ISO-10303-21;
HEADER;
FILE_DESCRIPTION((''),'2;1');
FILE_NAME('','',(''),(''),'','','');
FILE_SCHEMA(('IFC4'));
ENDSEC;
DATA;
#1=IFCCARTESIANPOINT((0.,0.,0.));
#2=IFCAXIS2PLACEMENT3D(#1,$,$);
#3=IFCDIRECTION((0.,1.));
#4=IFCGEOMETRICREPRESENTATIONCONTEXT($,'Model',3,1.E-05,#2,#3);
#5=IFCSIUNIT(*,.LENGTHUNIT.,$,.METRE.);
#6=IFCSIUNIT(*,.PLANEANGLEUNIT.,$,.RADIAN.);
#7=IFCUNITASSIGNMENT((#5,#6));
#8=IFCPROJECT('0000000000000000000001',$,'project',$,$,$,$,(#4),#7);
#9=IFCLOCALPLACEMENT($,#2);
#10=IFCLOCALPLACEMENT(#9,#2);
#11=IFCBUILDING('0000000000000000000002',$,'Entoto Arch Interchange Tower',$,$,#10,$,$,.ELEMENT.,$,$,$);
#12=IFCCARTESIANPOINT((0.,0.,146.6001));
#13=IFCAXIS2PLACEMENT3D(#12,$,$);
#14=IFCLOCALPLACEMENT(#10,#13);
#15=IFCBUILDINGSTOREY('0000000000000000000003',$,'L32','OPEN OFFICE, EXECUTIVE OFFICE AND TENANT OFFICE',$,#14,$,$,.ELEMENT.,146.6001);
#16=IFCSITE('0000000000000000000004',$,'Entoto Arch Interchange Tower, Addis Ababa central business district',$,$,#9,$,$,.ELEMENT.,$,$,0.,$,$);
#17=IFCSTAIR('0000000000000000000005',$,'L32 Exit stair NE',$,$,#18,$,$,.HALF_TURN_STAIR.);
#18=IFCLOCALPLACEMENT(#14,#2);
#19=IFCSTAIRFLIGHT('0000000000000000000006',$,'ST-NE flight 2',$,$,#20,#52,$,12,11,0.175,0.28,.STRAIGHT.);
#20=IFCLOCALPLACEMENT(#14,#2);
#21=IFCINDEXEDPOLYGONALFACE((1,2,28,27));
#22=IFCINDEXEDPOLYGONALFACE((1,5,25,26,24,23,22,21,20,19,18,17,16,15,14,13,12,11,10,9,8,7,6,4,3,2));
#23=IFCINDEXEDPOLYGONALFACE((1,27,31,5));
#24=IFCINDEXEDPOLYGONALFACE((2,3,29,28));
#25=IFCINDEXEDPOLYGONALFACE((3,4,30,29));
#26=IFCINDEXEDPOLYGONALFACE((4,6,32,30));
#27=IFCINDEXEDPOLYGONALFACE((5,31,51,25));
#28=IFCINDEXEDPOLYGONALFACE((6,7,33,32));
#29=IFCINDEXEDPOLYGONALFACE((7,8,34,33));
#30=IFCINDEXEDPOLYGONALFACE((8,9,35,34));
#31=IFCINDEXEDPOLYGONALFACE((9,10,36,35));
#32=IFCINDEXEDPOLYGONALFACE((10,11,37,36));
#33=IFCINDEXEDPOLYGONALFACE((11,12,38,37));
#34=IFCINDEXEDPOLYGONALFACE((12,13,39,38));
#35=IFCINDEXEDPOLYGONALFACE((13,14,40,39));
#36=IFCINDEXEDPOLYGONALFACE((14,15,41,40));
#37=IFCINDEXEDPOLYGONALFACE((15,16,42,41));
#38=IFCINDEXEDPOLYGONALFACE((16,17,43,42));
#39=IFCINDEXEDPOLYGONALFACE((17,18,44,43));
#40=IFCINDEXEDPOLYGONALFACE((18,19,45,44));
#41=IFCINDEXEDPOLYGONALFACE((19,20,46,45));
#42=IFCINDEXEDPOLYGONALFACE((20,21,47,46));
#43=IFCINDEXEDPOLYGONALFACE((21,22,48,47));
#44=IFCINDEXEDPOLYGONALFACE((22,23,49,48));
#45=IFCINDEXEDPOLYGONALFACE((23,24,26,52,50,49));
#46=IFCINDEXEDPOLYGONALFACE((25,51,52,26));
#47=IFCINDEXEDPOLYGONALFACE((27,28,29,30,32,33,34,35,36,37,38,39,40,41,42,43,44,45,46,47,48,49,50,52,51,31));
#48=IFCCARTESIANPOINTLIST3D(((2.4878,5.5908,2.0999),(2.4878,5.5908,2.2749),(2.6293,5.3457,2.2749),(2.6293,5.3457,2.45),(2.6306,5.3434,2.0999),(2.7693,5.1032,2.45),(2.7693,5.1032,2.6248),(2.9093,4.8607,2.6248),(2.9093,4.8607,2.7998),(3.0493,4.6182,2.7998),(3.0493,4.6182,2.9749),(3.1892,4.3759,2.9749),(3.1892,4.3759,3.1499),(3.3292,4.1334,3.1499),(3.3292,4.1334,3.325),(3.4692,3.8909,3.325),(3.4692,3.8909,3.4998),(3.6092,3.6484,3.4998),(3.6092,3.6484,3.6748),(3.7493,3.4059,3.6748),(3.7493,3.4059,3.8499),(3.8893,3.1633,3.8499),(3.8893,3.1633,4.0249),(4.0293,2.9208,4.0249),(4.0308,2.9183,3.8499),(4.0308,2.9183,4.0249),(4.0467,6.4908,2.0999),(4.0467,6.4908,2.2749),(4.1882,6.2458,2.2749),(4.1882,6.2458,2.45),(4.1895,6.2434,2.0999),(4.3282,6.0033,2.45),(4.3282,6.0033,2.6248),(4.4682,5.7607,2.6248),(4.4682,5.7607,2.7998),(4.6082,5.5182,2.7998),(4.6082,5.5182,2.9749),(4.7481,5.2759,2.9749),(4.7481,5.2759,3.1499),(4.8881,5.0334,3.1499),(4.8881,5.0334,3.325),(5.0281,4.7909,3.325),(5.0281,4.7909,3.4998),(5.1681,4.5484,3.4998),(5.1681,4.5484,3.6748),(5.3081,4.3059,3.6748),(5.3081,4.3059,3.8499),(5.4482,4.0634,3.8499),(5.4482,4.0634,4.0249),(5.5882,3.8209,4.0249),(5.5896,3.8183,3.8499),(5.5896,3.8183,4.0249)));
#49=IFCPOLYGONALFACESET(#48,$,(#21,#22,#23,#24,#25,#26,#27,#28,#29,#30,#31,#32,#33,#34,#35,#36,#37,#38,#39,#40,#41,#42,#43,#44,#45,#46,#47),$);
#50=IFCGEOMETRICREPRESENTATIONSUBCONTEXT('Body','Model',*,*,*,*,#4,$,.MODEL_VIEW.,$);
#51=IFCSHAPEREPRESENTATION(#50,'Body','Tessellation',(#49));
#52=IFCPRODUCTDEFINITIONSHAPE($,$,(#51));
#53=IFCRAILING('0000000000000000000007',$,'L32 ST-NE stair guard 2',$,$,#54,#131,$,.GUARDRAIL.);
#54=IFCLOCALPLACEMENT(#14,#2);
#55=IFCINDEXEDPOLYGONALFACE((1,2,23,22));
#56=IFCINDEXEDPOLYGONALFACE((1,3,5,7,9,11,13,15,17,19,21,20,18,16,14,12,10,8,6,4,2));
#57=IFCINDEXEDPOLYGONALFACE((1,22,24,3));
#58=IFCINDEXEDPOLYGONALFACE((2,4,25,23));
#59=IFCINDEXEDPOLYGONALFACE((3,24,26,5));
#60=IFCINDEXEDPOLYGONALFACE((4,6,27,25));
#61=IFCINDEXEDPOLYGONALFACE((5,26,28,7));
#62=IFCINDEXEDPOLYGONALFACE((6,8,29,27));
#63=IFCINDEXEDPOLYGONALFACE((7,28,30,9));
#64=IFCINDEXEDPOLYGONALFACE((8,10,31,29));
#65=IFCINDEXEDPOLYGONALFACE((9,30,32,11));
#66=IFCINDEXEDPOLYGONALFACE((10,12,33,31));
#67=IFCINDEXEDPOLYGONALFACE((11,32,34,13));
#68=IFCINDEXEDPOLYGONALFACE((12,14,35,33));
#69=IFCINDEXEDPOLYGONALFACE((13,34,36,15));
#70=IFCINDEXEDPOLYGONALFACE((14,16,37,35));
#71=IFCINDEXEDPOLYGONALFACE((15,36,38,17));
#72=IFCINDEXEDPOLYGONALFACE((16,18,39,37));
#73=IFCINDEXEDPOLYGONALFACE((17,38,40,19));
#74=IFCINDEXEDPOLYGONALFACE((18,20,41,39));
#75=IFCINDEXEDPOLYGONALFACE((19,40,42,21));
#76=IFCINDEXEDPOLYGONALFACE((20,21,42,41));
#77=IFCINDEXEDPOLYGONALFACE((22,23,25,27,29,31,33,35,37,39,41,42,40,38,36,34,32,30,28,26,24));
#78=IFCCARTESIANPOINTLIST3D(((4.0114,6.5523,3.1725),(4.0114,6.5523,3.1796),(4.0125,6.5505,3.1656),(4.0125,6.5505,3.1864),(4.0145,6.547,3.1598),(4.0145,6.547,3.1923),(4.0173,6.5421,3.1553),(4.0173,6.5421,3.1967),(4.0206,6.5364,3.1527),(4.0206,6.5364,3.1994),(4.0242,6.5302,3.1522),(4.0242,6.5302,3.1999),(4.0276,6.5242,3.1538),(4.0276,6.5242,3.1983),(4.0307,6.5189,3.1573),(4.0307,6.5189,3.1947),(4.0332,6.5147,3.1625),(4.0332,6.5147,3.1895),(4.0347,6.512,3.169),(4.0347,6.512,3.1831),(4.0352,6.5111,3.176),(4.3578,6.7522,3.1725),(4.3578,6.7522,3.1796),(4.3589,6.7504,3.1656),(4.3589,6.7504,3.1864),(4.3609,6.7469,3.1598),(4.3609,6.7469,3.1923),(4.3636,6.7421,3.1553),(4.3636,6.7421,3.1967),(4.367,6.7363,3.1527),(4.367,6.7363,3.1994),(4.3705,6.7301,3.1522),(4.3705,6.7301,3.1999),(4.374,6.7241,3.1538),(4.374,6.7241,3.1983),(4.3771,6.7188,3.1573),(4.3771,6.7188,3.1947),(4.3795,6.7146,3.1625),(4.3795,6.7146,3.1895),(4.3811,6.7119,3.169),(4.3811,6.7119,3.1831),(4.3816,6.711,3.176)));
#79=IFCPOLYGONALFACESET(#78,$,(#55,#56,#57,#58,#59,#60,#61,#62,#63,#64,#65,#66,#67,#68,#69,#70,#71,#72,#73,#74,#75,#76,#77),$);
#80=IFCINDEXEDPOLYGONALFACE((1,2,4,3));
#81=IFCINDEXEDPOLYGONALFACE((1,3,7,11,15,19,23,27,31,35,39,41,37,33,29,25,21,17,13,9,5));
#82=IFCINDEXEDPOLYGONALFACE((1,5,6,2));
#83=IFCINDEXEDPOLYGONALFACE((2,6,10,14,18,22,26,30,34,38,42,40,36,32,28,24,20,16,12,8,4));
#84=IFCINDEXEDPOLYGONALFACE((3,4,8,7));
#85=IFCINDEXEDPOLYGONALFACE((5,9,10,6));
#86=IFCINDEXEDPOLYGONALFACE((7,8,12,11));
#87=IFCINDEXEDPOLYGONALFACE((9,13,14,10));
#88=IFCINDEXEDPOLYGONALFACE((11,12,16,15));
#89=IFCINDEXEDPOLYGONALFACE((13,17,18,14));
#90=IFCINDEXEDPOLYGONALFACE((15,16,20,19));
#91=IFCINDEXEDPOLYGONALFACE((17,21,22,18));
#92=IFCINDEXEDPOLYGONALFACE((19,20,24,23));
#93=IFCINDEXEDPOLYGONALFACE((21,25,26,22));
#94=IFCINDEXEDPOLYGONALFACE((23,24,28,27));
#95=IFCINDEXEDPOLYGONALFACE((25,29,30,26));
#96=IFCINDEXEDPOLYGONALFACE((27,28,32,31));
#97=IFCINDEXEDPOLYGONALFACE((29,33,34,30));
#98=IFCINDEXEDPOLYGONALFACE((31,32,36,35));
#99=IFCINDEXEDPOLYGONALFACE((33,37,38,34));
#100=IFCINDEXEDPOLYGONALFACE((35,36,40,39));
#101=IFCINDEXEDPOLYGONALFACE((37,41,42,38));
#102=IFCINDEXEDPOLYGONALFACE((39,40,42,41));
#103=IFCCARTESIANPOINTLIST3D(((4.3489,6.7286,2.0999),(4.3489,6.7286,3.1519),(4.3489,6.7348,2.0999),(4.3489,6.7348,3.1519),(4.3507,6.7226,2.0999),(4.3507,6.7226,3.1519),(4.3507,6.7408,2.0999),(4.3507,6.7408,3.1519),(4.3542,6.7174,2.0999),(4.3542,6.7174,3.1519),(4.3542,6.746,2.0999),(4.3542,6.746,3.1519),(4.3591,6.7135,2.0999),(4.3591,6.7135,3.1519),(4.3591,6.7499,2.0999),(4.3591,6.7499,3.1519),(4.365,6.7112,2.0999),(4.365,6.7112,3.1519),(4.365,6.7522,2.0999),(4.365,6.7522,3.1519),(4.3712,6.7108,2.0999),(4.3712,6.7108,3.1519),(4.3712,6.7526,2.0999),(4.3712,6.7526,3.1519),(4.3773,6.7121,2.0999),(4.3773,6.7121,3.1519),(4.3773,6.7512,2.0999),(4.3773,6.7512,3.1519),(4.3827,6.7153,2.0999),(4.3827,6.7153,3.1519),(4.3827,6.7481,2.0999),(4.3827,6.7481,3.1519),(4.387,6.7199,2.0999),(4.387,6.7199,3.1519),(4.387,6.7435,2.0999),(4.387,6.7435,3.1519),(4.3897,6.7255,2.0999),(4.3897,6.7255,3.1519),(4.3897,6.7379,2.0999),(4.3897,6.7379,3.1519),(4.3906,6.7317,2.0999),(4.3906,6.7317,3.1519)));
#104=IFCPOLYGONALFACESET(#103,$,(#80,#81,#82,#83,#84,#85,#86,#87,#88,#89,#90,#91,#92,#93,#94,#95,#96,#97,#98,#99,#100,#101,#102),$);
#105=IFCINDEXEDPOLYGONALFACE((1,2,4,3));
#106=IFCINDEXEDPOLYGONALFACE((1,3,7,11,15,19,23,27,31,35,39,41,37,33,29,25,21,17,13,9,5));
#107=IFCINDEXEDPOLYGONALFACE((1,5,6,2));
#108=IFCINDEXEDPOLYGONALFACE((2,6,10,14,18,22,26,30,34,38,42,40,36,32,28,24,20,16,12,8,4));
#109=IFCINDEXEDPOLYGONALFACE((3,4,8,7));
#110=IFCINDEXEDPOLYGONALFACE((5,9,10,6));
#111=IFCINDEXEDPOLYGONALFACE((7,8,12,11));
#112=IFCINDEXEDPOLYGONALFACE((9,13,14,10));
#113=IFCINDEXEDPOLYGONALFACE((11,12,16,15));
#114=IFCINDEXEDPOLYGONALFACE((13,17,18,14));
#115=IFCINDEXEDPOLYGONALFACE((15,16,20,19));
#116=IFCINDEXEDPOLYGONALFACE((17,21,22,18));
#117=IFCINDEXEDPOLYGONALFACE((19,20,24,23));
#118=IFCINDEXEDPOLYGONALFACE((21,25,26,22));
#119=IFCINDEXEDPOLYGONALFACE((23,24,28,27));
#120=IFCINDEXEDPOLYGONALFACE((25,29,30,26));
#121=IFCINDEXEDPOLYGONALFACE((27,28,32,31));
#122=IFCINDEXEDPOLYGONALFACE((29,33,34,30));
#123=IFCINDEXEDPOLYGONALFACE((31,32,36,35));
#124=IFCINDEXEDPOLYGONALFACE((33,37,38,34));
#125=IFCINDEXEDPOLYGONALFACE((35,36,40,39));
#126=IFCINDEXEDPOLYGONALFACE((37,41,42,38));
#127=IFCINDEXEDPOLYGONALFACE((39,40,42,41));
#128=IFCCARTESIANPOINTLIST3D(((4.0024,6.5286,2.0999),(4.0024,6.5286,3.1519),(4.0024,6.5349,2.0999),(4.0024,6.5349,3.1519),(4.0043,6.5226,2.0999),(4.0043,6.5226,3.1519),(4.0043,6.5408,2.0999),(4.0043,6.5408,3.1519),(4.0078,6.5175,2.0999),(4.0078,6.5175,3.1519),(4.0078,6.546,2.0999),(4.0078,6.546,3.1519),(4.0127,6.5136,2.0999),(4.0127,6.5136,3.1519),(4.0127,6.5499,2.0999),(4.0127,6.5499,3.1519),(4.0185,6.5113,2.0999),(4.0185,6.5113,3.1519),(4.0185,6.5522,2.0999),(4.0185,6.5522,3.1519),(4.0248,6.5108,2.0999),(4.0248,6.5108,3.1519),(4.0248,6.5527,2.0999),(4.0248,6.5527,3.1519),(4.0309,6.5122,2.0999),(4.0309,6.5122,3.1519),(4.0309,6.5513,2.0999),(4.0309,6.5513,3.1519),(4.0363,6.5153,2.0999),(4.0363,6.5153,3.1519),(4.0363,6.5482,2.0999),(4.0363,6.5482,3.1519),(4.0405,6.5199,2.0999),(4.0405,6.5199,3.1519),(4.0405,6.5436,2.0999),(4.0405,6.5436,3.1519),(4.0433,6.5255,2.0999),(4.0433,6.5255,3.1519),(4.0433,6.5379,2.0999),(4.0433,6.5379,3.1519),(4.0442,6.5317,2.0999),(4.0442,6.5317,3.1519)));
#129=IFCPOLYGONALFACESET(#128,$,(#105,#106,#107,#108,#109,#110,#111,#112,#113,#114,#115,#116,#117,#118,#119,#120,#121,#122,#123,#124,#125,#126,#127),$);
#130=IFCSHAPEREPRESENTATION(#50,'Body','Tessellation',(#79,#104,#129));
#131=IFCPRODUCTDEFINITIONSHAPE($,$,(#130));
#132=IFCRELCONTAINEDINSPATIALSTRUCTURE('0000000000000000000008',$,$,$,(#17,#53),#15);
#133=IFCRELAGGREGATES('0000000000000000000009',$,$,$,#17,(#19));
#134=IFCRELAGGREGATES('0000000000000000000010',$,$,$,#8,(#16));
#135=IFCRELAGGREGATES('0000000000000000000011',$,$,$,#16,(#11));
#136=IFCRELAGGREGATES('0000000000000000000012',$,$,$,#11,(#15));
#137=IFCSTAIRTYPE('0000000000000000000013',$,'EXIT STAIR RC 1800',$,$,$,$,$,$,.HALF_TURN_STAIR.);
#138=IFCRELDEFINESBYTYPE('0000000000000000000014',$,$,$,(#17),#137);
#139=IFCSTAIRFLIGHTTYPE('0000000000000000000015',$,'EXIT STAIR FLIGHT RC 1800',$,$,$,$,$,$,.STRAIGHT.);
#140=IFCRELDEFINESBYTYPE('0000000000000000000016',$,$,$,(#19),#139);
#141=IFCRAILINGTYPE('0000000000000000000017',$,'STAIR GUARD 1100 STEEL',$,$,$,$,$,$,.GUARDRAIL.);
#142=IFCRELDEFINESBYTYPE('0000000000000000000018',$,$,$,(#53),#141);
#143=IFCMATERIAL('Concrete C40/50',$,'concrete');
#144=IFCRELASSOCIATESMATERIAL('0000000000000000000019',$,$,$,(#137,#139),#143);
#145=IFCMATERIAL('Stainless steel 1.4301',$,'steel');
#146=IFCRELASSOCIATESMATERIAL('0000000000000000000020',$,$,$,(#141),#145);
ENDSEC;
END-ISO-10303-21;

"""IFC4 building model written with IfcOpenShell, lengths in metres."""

from ifc_helpers import new_model, si_unit, direction, frame, origin, origin_2d, place, context, subcontext, project, spatial, polyline, circle, outline, extrude, material, type_object, element, aggregate, save


model = new_model("IFC4")

# Units and contexts
model_context = context("Model", 3, precision=1e-05, world=origin(), true_north=direction((0.0, 1.0)))
body_context = subcontext(model_context, "Body", "Model", "MODEL_VIEW")
ifc_project = project(units=[si_unit("LENGTHUNIT", "METRE"), si_unit("PLANEANGLEUNIT", "RADIAN")], contexts=[model_context])

# Site, building, storey
site_placement = place(None, origin())
site = spatial("IfcSite", under=ifc_project, at=site_placement, Name="Entoto Arch Interchange Tower, Addis Ababa central business district", CompositionType="ELEMENT", RefElevation=0.0)
building_placement = place(site_placement, origin())
building = spatial("IfcBuilding", under=site, at=building_placement, Name="Entoto Arch Interchange Tower", CompositionType="ELEMENT")
storey_placement = place(building_placement, frame((0.0, 0.0, 146.6001)))
storey = spatial("IfcBuildingStorey", under=building, at=storey_placement, Name="L32", Description="OPEN OFFICE, EXECUTIVE OFFICE AND TENANT OFFICE", CompositionType="ELEMENT", Elevation=146.6001)

# Shared definitions
ifc_material_1 = material(Name="Concrete C40/50", Category="concrete")

# Stair, stair flight
stair_type = type_object("IfcStairType", Name="EXIT STAIR RC 1800", PredefinedType="HALF_TURN_STAIR", material=ifc_material_1)
stair_placement = place(storey_placement, origin())
stair = element("IfcStair", 1, at=stair_placement, inside=storey, type_object=stair_type, Name="L32 Exit stair NE", PredefinedType="HALF_TURN_STAIR")
stair_flight_type = type_object("IfcStairFlightType", Name="EXIT STAIR FLIGHT RC 1800", PredefinedType="STRAIGHT", material=ifc_material_1)
stair_flight_placement = place(storey_placement, frame((3.2688, 6.0383, 2.0999), z_axis=(0.0, 0.0, 1.0), x_axis=(0.5, -0.866025, 0.0)))
stair_flight = element("IfcStairFlight", 2, at=stair_flight_placement, type_object=stair_flight_type, Name="ST-NE flight 2", NumberOfRisers=12, NumberOfTreads=11, PredefinedType="STRAIGHT", RiserHeight=0.175, TreadLength=0.28, context=body_context, shape_type="SweptSolid", body=[
    extrude(outline(polyline([(-0.0029, 0.0), (-0.0029, 0.175), (0.28, 0.175), (0.28, 0.3501), (0.5601, 0.3501), (0.5601, 0.5249), (0.8401, 0.5249), (0.8401, 0.7), (1.1201, 0.7), (1.1201, 0.875), (1.3999, 0.875), (1.3999, 1.05), (1.6799, 1.05), (1.6799, 1.2251), (1.96, 1.2251), (1.96, 1.3999), (2.24, 1.3999), (2.24, 1.575), (2.52, 1.575), (2.52, 1.75), (2.8, 1.75), (2.8, 1.925), (3.0801, 1.925), (3.083, 1.925), (3.083, 1.75), (0.2827, 0.0), (-0.0029, 0.0)])), frame((0.0, 0.8999, 0.0), z_axis=(0.0, -1.0, 0.0), x_axis=(1.0, 0.0, 0.0)), (0.0, 0.0, 1.0), 1.8),
])
aggregate(stair, [stair_flight])

# Railing
ifc_material_2 = material(Name="Stainless steel 1.4301", Category="steel")
railing_type_1 = type_object("IfcRailingType", Name="STAIR GUARD 1100 STEEL", PredefinedType="GUARDRAIL", material=ifc_material_2)
railing_1_placement = place(storey_placement, frame((4.3696, 6.7317, 2.0999)))
element("IfcRailing", 3, at=railing_1_placement, inside=storey, type_object=railing_type_1, Name="L32 ST-NE stair guard 2", PredefinedType="GUARDRAIL", context=body_context, shape_type="SweptSolid", body=[
    extrude(circle(Radius=0.0239, at=origin_2d()), frame((0.0, 0.0, 1.0762), z_axis=(-0.866094, -0.499881, 0.0), x_axis=(0.499881, -0.866094, 0.0)), (0.0, 0.0, 1.0), 0.3999),
    extrude(circle(Radius=0.021, at=origin_2d()), origin(), (0.0, 0.0, 1.0), 1.052),
    extrude(circle(Radius=0.021, at=origin_2d()), frame((-0.3464, -0.2, 0.0)), (0.0, 0.0, 1.0), 1.052),
])

save(model, "model.ifc")
